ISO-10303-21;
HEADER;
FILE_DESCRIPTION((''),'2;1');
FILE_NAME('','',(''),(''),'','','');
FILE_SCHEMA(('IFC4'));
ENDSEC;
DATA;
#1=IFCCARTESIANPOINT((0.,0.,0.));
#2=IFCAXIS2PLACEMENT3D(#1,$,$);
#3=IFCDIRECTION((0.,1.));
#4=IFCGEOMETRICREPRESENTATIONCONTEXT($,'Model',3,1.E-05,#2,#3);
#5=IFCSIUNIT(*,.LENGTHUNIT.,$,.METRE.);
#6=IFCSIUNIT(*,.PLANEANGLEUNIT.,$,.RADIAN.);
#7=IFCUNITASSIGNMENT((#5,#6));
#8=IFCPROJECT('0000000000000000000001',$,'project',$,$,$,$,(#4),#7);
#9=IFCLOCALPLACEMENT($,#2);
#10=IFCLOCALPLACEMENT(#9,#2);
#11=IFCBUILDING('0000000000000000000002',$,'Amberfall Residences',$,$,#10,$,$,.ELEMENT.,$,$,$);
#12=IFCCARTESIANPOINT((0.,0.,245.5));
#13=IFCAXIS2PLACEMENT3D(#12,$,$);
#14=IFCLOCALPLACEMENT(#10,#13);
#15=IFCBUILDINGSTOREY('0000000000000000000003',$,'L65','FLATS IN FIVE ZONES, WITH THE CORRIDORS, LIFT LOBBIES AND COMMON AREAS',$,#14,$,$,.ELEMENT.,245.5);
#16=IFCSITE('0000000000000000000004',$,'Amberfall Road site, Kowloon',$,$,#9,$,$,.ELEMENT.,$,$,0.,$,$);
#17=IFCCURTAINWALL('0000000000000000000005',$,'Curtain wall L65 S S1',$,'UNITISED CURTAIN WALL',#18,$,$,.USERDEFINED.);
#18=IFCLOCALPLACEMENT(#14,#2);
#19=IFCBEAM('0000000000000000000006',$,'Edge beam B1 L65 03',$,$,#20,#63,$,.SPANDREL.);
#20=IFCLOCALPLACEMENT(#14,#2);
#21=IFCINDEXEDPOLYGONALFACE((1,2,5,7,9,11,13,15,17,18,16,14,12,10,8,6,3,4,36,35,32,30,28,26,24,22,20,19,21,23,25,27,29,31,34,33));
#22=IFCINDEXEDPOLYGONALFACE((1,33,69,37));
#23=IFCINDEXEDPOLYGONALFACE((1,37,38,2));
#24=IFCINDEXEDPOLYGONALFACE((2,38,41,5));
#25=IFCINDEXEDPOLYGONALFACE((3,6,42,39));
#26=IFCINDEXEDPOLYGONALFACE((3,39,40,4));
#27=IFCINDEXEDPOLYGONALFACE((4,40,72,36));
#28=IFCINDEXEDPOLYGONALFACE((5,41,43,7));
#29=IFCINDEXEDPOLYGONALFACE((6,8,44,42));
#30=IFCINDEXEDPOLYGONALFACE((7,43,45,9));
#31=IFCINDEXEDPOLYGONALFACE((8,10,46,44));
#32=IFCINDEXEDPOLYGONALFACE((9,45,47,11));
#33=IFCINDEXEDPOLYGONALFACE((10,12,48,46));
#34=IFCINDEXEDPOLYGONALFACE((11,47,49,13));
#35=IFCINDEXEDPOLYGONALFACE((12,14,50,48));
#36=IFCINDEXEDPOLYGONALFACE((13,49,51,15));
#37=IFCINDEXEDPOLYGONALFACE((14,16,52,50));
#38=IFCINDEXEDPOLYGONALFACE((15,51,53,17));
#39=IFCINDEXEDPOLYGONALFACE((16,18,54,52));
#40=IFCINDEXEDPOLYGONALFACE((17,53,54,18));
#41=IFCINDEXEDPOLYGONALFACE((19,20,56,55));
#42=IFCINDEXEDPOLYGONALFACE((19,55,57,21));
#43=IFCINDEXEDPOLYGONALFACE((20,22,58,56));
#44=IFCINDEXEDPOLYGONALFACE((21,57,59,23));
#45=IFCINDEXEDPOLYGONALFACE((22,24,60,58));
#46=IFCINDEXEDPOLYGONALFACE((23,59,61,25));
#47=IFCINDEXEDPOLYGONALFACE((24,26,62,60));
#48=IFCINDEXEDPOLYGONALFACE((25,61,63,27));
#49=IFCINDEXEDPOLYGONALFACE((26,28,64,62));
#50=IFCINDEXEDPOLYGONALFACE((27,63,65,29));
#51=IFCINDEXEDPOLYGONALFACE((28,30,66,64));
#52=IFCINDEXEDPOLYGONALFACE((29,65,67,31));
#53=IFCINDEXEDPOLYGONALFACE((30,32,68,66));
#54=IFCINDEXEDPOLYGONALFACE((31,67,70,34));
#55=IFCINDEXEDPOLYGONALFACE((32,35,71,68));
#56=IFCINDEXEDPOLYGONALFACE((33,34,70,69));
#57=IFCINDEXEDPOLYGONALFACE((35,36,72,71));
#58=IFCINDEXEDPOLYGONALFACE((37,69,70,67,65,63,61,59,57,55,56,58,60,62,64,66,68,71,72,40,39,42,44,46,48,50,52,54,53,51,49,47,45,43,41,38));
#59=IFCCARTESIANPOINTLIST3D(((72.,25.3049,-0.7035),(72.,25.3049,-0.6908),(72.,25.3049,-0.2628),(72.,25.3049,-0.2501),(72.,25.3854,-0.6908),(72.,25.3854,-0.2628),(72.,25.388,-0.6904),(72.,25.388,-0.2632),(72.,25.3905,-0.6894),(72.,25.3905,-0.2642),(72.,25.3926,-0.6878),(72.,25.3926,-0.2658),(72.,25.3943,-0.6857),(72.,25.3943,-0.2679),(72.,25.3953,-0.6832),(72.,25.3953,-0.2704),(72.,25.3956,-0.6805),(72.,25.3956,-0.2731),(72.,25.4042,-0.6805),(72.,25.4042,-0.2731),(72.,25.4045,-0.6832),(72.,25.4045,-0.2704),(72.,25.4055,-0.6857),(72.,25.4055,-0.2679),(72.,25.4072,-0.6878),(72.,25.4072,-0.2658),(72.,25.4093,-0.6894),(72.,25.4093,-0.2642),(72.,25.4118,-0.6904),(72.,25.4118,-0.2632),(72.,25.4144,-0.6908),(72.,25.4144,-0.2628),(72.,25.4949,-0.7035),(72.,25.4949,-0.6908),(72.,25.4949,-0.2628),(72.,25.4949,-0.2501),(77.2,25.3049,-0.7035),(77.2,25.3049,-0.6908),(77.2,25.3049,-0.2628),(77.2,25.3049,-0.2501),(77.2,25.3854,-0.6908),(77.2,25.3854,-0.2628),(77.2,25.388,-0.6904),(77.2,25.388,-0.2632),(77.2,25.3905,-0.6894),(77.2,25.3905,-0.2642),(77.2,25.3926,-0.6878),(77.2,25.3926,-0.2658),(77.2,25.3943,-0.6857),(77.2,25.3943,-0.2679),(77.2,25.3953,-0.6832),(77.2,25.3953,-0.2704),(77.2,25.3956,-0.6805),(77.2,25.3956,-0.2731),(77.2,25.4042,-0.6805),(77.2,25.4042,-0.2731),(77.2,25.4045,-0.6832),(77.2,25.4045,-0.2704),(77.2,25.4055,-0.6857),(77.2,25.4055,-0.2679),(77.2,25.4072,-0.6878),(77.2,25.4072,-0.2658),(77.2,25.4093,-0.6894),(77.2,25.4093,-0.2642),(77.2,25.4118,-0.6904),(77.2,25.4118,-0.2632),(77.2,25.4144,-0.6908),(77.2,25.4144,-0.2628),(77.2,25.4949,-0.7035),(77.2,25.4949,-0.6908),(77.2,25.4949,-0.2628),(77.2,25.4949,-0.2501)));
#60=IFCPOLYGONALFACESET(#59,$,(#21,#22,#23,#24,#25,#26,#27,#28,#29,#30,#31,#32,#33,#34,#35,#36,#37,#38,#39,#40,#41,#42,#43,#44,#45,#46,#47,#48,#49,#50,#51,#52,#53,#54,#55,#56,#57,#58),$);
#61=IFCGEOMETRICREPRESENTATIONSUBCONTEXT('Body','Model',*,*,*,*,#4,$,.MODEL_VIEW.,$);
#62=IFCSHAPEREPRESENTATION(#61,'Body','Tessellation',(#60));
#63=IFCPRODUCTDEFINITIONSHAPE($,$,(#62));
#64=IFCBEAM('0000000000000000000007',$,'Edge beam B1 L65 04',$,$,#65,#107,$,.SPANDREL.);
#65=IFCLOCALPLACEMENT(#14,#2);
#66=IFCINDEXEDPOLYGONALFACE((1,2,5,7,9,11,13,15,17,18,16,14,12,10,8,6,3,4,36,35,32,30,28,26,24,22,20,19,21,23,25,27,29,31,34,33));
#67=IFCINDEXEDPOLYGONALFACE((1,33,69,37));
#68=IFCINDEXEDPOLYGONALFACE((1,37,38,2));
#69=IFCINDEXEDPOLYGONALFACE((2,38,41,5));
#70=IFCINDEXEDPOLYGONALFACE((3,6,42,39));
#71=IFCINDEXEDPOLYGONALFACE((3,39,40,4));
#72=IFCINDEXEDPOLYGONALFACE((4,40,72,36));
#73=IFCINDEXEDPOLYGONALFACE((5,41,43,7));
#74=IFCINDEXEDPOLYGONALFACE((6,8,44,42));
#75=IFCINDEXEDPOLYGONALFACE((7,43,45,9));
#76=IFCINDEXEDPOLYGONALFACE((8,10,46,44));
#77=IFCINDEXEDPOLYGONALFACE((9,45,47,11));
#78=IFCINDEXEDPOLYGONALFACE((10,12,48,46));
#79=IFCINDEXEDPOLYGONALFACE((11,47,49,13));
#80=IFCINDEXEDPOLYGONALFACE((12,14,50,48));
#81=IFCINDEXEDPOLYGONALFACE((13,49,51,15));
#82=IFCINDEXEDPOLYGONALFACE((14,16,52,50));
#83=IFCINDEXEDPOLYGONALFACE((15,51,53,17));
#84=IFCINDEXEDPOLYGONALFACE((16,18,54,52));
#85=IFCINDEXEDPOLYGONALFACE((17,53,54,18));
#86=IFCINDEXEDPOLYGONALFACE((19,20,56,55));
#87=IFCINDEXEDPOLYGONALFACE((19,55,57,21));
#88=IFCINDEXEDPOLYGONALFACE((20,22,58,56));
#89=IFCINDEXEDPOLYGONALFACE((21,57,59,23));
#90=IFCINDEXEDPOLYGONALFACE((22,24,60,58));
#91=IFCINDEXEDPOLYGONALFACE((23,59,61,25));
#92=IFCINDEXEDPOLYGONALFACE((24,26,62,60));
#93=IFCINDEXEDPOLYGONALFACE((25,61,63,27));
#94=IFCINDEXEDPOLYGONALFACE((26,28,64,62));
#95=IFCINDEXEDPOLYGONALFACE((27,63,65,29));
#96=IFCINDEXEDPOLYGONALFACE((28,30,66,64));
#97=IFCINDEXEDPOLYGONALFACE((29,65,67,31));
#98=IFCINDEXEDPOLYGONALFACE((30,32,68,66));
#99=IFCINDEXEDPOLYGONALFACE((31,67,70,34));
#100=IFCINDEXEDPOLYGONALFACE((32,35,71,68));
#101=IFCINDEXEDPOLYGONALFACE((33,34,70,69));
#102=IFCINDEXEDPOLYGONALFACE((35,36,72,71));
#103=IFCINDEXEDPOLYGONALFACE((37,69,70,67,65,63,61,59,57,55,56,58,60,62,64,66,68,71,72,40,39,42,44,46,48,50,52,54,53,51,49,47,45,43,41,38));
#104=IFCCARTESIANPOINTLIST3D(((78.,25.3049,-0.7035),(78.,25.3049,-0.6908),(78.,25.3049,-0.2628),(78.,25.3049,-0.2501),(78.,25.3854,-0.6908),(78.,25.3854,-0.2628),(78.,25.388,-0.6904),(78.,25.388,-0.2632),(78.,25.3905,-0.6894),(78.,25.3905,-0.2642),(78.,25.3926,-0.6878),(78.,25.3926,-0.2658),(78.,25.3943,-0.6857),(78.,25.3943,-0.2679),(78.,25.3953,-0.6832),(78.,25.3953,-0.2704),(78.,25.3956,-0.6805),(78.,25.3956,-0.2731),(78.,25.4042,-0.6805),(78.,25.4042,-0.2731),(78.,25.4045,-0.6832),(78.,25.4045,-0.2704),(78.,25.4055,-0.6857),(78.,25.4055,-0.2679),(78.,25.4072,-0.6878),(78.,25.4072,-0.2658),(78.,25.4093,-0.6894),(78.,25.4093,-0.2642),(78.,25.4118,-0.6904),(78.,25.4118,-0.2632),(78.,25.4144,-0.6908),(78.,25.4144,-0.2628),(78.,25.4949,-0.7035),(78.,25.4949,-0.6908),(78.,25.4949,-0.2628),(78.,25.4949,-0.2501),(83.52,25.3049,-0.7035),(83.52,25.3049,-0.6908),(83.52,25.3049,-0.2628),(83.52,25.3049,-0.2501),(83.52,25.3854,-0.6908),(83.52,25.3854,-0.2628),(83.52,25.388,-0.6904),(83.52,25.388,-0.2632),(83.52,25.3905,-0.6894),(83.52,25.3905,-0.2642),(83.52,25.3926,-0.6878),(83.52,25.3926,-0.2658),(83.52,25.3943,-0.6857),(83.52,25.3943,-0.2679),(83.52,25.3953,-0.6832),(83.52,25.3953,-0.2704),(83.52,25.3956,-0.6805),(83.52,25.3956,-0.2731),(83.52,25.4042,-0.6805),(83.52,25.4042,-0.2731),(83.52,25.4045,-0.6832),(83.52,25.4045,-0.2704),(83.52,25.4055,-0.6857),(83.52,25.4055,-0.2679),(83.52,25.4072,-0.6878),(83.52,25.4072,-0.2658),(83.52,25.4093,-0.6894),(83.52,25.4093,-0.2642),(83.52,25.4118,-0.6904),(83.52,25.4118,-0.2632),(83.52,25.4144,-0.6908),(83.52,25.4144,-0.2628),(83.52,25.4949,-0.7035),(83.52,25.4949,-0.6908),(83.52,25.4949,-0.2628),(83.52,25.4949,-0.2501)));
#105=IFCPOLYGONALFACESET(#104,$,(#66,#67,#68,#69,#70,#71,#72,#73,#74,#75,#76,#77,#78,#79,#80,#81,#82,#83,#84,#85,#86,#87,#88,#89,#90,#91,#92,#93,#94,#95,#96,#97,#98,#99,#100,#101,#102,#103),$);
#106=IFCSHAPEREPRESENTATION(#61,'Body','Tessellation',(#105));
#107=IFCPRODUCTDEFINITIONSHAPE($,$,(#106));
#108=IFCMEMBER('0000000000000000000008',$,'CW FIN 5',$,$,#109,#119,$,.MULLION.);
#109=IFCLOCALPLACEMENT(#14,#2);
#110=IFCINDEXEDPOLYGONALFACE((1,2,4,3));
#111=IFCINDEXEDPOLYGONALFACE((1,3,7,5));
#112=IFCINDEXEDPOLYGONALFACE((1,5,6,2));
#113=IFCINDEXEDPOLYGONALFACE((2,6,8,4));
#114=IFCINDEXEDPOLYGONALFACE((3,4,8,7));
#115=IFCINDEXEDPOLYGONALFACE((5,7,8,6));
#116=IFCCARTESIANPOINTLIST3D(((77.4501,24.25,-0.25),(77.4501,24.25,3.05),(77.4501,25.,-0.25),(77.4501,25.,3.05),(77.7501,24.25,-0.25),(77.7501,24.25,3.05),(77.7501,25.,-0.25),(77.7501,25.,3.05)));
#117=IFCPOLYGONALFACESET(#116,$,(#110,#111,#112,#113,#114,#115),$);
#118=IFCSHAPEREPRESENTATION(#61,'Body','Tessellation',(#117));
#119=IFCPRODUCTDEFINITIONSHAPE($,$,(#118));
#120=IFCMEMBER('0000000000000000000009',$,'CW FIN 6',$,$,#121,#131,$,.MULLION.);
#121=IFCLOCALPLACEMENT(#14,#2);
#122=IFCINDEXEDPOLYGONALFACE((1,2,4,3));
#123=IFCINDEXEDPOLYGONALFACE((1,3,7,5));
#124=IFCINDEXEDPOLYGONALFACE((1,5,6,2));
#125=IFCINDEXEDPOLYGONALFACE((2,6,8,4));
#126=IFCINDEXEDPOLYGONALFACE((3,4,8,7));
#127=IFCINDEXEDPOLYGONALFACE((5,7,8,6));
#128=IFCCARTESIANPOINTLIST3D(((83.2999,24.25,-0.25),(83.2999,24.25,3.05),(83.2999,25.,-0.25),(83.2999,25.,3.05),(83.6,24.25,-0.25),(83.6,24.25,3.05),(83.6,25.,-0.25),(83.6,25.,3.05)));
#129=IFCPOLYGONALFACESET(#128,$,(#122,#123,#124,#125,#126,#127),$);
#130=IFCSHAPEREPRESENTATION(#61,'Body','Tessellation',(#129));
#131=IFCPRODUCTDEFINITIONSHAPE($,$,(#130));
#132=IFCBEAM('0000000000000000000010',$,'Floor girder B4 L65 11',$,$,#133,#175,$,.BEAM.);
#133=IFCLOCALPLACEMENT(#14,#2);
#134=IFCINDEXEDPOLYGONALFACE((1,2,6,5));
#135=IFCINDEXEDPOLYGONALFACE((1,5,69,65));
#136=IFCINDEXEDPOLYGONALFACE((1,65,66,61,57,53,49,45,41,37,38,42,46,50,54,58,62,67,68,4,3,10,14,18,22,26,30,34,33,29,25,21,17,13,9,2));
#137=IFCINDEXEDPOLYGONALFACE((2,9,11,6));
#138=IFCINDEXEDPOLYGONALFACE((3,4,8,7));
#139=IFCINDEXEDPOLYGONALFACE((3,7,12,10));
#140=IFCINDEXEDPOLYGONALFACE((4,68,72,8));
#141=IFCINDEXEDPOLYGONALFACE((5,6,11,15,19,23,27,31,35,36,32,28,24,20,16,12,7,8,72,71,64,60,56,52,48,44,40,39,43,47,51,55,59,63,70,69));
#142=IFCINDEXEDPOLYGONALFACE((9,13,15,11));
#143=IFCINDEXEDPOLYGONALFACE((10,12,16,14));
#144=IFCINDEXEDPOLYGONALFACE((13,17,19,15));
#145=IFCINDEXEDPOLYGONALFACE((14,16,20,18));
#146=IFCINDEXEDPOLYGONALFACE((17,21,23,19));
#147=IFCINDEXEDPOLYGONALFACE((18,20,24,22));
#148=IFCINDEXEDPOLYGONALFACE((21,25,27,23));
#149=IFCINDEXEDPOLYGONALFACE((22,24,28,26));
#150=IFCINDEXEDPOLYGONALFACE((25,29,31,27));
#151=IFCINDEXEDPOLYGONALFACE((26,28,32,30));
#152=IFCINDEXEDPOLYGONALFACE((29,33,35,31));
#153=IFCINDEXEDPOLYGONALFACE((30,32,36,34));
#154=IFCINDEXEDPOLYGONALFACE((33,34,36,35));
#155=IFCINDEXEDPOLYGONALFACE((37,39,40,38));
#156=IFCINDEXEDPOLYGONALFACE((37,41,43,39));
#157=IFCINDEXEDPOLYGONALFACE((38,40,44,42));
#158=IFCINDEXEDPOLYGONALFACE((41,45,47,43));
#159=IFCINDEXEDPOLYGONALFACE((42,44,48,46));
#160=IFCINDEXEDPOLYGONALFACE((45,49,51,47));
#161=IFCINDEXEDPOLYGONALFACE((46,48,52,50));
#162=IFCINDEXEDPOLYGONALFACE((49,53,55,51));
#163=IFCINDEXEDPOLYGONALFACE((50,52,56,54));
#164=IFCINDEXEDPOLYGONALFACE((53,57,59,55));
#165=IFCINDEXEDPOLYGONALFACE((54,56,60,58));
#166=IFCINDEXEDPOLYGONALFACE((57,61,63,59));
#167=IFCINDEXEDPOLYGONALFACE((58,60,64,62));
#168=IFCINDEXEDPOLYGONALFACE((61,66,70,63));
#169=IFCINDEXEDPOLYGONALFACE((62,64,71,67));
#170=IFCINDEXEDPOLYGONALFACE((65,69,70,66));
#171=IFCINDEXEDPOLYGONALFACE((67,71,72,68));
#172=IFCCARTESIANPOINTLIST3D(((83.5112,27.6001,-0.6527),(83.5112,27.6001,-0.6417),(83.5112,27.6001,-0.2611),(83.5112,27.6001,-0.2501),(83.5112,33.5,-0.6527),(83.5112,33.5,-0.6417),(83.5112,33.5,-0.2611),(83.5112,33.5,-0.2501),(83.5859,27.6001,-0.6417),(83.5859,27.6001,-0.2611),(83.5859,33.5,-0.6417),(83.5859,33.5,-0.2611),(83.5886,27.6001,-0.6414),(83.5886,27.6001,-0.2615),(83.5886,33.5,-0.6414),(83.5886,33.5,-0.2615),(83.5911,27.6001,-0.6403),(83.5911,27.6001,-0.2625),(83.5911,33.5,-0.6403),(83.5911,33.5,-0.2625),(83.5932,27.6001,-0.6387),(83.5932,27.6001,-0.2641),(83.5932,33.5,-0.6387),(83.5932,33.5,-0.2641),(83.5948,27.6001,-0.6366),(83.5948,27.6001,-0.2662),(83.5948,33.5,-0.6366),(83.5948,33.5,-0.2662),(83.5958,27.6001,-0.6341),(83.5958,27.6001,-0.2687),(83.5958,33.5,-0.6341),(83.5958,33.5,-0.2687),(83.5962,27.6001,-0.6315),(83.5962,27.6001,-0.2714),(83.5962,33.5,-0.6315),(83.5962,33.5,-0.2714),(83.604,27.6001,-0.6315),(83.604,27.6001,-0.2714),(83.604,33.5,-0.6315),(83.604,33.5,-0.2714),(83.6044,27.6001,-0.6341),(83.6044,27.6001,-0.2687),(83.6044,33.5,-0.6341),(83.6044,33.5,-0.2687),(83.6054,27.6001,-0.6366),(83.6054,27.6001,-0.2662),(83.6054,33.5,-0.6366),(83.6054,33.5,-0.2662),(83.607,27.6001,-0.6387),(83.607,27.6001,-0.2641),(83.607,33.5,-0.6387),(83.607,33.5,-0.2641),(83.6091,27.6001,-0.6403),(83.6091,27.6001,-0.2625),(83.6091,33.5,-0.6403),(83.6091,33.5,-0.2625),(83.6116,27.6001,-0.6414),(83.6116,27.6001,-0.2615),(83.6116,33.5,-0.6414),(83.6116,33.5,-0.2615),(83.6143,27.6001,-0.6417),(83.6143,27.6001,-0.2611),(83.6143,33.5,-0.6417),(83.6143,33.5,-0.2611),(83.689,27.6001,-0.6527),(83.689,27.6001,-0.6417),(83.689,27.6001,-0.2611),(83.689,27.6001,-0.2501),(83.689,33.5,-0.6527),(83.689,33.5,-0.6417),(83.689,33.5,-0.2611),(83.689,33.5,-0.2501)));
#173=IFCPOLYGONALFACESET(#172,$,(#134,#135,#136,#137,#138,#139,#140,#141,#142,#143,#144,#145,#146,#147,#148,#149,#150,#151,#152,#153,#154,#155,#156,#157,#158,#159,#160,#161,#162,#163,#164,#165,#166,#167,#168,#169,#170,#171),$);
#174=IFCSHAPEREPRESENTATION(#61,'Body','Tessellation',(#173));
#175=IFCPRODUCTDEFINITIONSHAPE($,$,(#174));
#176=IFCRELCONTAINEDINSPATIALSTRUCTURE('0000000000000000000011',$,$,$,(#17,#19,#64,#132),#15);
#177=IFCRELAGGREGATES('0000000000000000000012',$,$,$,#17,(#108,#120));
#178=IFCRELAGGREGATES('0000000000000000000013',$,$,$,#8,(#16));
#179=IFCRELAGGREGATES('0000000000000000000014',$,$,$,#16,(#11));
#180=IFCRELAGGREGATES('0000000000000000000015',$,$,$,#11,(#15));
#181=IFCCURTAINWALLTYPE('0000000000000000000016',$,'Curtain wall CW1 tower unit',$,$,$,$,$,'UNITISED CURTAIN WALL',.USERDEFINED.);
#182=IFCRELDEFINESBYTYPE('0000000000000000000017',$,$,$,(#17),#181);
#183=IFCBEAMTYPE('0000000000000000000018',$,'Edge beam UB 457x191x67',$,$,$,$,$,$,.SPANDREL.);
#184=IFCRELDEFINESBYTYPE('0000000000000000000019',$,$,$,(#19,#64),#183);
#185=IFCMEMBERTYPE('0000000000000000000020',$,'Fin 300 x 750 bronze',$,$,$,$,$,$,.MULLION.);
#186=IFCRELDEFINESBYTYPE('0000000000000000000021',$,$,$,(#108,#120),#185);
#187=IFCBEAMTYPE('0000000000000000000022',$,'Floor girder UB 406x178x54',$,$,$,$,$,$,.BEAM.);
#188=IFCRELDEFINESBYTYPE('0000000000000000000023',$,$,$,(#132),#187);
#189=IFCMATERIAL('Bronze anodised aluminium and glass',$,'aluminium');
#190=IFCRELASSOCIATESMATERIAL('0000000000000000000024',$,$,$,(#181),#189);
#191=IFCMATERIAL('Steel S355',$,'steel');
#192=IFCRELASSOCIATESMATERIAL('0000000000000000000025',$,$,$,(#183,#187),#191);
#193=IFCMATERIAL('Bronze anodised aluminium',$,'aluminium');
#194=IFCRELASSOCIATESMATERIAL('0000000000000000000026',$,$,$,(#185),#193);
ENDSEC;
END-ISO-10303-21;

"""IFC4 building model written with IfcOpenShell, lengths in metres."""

from ifc_helpers import new_model, si_unit, direction, frame, origin, origin_2d, place, context, subcontext, project, spatial, rectangle, i_section, extrude, material, material_profile, profile_set, type_object, element, aggregate, save


model = new_model("IFC4")

# Units and contexts
model_context = context("Model", 3, precision=1e-05, world=origin(), true_north=direction((0.0, 1.0)))
body_context = subcontext(model_context, "Body", "Model", "MODEL_VIEW")
ifc_project = project(units=[si_unit("LENGTHUNIT", "METRE"), si_unit("PLANEANGLEUNIT", "RADIAN")], contexts=[model_context])

# Site, building, storey
site_placement = place(None, origin())
site = spatial("IfcSite", under=ifc_project, at=site_placement, Name="Amberfall Road site, Kowloon", CompositionType="ELEMENT", RefElevation=0.0)
building_placement = place(site_placement, origin())
building = spatial("IfcBuilding", under=site, at=building_placement, Name="Amberfall Residences", CompositionType="ELEMENT")
storey_placement = place(building_placement, frame((0.0, 0.0, 245.5)))
storey = spatial("IfcBuildingStorey", under=building, at=storey_placement, Name="L65", Description="FLATS IN FIVE ZONES, WITH THE CORRIDORS, LIFT LOBBIES AND COMMON AREAS", CompositionType="ELEMENT", Elevation=245.5)

# Curtain wall
ifc_material_1 = material(Name="Bronze anodised aluminium and glass", Category="aluminium")
curtain_wall_type = type_object("IfcCurtainWallType", Name="Curtain wall CW1 tower unit", ElementType="UNITISED CURTAIN WALL", PredefinedType="USERDEFINED", material=ifc_material_1)
curtain_wall_placement = place(storey_placement, origin())
curtain_wall = element("IfcCurtainWall", 1, at=curtain_wall_placement, inside=storey, type_object=curtain_wall_type, Name="Curtain wall L65 S S1", ObjectType="UNITISED CURTAIN WALL", PredefinedType="USERDEFINED")
ifc_material_2 = material(Name="Bronze anodised aluminium", Category="aluminium")

# Beams
ifc_material_3 = material(Name="Steel S355", Category="steel")
ifc_material_profile_1 = material_profile(ifc_material_3, i_section(OverallWidth=0.1899, OverallDepth=0.4534, WebThickness=0.0085, FlangeThickness=0.0127, FilletRadius=0.0103, at=origin_2d()), Name="UB 457x191x67")
ifc_profile_set_1 = profile_set([ifc_material_profile_1], Name="Steel S355")
beam_type_1 = type_object("IfcBeamType", Name="Edge beam UB 457x191x67", PredefinedType="SPANDREL", material=ifc_profile_set_1)
beam_1_placement = place(storey_placement, frame((72.0, 25.3999, -0.4768), z_axis=(1.0, 0.0, 0.0), x_axis=(0.0, 1.0, 0.0)))
element("IfcBeam", 2, at=beam_1_placement, inside=storey, type_object=beam_type_1, Name="Edge beam B1 L65 03", PredefinedType="SPANDREL", context=body_context, shape_type="SweptSolid", body=[
    extrude(i_section(OverallWidth=0.1899, OverallDepth=0.4534, WebThickness=0.0085, FlangeThickness=0.0127, FilletRadius=0.0103, at=origin_2d()), origin(), (0.0, 0.0, 1.0), 5.2),
])
beam_2_placement = place(storey_placement, frame((78.0, 25.3999, -0.4768), z_axis=(1.0, 0.0, 0.0), x_axis=(0.0, 1.0, 0.0)))
element("IfcBeam", 3, at=beam_2_placement, inside=storey, type_object=beam_type_1, Name="Edge beam B1 L65 04", PredefinedType="SPANDREL", context=body_context, shape_type="SweptSolid", body=[
    extrude(i_section(OverallWidth=0.1899, OverallDepth=0.4534, WebThickness=0.0085, FlangeThickness=0.0127, FilletRadius=0.0103, at=origin_2d()), origin(), (0.0, 0.0, 1.0), 5.52),
])

# Members
ifc_material_profile_2 = material_profile(ifc_material_2, rectangle(XDim=0.75, YDim=0.3, at=origin_2d()), Name="Fin 300 x 750 bronze")
ifc_profile_set_2 = profile_set([ifc_material_profile_2], Name="Bronze anodised aluminium")
member_type_1 = type_object("IfcMemberType", Name="Fin 300 x 750 bronze", PredefinedType="MULLION", material=ifc_profile_set_2)
member_1_placement = place(storey_placement, frame((77.6001, 24.625, -0.25), z_axis=(0.0, 0.0, 1.0), x_axis=(0.0, 1.0, 0.0)))
member_1 = element("IfcMember", 4, at=member_1_placement, type_object=member_type_1, Name="CW FIN 5", PredefinedType="MULLION", context=body_context, shape_type="SweptSolid", body=[
    extrude(rectangle(XDim=0.75, YDim=0.3, at=origin_2d()), origin(), (0.0, 0.0, 1.0), 3.3),
])
member_2_placement = place(storey_placement, frame((83.45, 24.625, -0.25), z_axis=(0.0, 0.0, 1.0), x_axis=(0.0, 1.0, 0.0)))
member_2 = element("IfcMember", 5, at=member_2_placement, type_object=member_type_1, Name="CW FIN 6", PredefinedType="MULLION", context=body_context, shape_type="SweptSolid", body=[
    extrude(rectangle(XDim=0.75, YDim=0.3, at=origin_2d()), origin(), (0.0, 0.0, 1.0), 3.3),
])

# Beam
ifc_material_profile_3 = material_profile(ifc_material_3, i_section(OverallWidth=0.1777, OverallDepth=0.4026, WebThickness=0.0078, FlangeThickness=0.011, FilletRadius=0.0103, at=origin_2d()), Name="UB 406x178x54")
ifc_profile_set_3 = profile_set([ifc_material_profile_3], Name="Steel S355")
beam_type_2 = type_object("IfcBeamType", Name="Floor girder UB 406x178x54", PredefinedType="BEAM", material=ifc_profile_set_3)
beam_3_placement = place(storey_placement, frame((83.6001, 27.6001, -0.4514), z_axis=(0.0, 1.0, 0.0), x_axis=(-1.0, 0.0, 0.0)))
element("IfcBeam", 6, at=beam_3_placement, inside=storey, type_object=beam_type_2, Name="Floor girder B4 L65 11", PredefinedType="BEAM", context=body_context, shape_type="SweptSolid", body=[
    extrude(i_section(OverallWidth=0.1777, OverallDepth=0.4026, WebThickness=0.0078, FlangeThickness=0.011, FilletRadius=0.0103, at=origin_2d()), origin(), (0.0, 0.0, 1.0), 5.8999),
])

aggregate(curtain_wall, [member_1, member_2])

save(model, "model.ifc")
